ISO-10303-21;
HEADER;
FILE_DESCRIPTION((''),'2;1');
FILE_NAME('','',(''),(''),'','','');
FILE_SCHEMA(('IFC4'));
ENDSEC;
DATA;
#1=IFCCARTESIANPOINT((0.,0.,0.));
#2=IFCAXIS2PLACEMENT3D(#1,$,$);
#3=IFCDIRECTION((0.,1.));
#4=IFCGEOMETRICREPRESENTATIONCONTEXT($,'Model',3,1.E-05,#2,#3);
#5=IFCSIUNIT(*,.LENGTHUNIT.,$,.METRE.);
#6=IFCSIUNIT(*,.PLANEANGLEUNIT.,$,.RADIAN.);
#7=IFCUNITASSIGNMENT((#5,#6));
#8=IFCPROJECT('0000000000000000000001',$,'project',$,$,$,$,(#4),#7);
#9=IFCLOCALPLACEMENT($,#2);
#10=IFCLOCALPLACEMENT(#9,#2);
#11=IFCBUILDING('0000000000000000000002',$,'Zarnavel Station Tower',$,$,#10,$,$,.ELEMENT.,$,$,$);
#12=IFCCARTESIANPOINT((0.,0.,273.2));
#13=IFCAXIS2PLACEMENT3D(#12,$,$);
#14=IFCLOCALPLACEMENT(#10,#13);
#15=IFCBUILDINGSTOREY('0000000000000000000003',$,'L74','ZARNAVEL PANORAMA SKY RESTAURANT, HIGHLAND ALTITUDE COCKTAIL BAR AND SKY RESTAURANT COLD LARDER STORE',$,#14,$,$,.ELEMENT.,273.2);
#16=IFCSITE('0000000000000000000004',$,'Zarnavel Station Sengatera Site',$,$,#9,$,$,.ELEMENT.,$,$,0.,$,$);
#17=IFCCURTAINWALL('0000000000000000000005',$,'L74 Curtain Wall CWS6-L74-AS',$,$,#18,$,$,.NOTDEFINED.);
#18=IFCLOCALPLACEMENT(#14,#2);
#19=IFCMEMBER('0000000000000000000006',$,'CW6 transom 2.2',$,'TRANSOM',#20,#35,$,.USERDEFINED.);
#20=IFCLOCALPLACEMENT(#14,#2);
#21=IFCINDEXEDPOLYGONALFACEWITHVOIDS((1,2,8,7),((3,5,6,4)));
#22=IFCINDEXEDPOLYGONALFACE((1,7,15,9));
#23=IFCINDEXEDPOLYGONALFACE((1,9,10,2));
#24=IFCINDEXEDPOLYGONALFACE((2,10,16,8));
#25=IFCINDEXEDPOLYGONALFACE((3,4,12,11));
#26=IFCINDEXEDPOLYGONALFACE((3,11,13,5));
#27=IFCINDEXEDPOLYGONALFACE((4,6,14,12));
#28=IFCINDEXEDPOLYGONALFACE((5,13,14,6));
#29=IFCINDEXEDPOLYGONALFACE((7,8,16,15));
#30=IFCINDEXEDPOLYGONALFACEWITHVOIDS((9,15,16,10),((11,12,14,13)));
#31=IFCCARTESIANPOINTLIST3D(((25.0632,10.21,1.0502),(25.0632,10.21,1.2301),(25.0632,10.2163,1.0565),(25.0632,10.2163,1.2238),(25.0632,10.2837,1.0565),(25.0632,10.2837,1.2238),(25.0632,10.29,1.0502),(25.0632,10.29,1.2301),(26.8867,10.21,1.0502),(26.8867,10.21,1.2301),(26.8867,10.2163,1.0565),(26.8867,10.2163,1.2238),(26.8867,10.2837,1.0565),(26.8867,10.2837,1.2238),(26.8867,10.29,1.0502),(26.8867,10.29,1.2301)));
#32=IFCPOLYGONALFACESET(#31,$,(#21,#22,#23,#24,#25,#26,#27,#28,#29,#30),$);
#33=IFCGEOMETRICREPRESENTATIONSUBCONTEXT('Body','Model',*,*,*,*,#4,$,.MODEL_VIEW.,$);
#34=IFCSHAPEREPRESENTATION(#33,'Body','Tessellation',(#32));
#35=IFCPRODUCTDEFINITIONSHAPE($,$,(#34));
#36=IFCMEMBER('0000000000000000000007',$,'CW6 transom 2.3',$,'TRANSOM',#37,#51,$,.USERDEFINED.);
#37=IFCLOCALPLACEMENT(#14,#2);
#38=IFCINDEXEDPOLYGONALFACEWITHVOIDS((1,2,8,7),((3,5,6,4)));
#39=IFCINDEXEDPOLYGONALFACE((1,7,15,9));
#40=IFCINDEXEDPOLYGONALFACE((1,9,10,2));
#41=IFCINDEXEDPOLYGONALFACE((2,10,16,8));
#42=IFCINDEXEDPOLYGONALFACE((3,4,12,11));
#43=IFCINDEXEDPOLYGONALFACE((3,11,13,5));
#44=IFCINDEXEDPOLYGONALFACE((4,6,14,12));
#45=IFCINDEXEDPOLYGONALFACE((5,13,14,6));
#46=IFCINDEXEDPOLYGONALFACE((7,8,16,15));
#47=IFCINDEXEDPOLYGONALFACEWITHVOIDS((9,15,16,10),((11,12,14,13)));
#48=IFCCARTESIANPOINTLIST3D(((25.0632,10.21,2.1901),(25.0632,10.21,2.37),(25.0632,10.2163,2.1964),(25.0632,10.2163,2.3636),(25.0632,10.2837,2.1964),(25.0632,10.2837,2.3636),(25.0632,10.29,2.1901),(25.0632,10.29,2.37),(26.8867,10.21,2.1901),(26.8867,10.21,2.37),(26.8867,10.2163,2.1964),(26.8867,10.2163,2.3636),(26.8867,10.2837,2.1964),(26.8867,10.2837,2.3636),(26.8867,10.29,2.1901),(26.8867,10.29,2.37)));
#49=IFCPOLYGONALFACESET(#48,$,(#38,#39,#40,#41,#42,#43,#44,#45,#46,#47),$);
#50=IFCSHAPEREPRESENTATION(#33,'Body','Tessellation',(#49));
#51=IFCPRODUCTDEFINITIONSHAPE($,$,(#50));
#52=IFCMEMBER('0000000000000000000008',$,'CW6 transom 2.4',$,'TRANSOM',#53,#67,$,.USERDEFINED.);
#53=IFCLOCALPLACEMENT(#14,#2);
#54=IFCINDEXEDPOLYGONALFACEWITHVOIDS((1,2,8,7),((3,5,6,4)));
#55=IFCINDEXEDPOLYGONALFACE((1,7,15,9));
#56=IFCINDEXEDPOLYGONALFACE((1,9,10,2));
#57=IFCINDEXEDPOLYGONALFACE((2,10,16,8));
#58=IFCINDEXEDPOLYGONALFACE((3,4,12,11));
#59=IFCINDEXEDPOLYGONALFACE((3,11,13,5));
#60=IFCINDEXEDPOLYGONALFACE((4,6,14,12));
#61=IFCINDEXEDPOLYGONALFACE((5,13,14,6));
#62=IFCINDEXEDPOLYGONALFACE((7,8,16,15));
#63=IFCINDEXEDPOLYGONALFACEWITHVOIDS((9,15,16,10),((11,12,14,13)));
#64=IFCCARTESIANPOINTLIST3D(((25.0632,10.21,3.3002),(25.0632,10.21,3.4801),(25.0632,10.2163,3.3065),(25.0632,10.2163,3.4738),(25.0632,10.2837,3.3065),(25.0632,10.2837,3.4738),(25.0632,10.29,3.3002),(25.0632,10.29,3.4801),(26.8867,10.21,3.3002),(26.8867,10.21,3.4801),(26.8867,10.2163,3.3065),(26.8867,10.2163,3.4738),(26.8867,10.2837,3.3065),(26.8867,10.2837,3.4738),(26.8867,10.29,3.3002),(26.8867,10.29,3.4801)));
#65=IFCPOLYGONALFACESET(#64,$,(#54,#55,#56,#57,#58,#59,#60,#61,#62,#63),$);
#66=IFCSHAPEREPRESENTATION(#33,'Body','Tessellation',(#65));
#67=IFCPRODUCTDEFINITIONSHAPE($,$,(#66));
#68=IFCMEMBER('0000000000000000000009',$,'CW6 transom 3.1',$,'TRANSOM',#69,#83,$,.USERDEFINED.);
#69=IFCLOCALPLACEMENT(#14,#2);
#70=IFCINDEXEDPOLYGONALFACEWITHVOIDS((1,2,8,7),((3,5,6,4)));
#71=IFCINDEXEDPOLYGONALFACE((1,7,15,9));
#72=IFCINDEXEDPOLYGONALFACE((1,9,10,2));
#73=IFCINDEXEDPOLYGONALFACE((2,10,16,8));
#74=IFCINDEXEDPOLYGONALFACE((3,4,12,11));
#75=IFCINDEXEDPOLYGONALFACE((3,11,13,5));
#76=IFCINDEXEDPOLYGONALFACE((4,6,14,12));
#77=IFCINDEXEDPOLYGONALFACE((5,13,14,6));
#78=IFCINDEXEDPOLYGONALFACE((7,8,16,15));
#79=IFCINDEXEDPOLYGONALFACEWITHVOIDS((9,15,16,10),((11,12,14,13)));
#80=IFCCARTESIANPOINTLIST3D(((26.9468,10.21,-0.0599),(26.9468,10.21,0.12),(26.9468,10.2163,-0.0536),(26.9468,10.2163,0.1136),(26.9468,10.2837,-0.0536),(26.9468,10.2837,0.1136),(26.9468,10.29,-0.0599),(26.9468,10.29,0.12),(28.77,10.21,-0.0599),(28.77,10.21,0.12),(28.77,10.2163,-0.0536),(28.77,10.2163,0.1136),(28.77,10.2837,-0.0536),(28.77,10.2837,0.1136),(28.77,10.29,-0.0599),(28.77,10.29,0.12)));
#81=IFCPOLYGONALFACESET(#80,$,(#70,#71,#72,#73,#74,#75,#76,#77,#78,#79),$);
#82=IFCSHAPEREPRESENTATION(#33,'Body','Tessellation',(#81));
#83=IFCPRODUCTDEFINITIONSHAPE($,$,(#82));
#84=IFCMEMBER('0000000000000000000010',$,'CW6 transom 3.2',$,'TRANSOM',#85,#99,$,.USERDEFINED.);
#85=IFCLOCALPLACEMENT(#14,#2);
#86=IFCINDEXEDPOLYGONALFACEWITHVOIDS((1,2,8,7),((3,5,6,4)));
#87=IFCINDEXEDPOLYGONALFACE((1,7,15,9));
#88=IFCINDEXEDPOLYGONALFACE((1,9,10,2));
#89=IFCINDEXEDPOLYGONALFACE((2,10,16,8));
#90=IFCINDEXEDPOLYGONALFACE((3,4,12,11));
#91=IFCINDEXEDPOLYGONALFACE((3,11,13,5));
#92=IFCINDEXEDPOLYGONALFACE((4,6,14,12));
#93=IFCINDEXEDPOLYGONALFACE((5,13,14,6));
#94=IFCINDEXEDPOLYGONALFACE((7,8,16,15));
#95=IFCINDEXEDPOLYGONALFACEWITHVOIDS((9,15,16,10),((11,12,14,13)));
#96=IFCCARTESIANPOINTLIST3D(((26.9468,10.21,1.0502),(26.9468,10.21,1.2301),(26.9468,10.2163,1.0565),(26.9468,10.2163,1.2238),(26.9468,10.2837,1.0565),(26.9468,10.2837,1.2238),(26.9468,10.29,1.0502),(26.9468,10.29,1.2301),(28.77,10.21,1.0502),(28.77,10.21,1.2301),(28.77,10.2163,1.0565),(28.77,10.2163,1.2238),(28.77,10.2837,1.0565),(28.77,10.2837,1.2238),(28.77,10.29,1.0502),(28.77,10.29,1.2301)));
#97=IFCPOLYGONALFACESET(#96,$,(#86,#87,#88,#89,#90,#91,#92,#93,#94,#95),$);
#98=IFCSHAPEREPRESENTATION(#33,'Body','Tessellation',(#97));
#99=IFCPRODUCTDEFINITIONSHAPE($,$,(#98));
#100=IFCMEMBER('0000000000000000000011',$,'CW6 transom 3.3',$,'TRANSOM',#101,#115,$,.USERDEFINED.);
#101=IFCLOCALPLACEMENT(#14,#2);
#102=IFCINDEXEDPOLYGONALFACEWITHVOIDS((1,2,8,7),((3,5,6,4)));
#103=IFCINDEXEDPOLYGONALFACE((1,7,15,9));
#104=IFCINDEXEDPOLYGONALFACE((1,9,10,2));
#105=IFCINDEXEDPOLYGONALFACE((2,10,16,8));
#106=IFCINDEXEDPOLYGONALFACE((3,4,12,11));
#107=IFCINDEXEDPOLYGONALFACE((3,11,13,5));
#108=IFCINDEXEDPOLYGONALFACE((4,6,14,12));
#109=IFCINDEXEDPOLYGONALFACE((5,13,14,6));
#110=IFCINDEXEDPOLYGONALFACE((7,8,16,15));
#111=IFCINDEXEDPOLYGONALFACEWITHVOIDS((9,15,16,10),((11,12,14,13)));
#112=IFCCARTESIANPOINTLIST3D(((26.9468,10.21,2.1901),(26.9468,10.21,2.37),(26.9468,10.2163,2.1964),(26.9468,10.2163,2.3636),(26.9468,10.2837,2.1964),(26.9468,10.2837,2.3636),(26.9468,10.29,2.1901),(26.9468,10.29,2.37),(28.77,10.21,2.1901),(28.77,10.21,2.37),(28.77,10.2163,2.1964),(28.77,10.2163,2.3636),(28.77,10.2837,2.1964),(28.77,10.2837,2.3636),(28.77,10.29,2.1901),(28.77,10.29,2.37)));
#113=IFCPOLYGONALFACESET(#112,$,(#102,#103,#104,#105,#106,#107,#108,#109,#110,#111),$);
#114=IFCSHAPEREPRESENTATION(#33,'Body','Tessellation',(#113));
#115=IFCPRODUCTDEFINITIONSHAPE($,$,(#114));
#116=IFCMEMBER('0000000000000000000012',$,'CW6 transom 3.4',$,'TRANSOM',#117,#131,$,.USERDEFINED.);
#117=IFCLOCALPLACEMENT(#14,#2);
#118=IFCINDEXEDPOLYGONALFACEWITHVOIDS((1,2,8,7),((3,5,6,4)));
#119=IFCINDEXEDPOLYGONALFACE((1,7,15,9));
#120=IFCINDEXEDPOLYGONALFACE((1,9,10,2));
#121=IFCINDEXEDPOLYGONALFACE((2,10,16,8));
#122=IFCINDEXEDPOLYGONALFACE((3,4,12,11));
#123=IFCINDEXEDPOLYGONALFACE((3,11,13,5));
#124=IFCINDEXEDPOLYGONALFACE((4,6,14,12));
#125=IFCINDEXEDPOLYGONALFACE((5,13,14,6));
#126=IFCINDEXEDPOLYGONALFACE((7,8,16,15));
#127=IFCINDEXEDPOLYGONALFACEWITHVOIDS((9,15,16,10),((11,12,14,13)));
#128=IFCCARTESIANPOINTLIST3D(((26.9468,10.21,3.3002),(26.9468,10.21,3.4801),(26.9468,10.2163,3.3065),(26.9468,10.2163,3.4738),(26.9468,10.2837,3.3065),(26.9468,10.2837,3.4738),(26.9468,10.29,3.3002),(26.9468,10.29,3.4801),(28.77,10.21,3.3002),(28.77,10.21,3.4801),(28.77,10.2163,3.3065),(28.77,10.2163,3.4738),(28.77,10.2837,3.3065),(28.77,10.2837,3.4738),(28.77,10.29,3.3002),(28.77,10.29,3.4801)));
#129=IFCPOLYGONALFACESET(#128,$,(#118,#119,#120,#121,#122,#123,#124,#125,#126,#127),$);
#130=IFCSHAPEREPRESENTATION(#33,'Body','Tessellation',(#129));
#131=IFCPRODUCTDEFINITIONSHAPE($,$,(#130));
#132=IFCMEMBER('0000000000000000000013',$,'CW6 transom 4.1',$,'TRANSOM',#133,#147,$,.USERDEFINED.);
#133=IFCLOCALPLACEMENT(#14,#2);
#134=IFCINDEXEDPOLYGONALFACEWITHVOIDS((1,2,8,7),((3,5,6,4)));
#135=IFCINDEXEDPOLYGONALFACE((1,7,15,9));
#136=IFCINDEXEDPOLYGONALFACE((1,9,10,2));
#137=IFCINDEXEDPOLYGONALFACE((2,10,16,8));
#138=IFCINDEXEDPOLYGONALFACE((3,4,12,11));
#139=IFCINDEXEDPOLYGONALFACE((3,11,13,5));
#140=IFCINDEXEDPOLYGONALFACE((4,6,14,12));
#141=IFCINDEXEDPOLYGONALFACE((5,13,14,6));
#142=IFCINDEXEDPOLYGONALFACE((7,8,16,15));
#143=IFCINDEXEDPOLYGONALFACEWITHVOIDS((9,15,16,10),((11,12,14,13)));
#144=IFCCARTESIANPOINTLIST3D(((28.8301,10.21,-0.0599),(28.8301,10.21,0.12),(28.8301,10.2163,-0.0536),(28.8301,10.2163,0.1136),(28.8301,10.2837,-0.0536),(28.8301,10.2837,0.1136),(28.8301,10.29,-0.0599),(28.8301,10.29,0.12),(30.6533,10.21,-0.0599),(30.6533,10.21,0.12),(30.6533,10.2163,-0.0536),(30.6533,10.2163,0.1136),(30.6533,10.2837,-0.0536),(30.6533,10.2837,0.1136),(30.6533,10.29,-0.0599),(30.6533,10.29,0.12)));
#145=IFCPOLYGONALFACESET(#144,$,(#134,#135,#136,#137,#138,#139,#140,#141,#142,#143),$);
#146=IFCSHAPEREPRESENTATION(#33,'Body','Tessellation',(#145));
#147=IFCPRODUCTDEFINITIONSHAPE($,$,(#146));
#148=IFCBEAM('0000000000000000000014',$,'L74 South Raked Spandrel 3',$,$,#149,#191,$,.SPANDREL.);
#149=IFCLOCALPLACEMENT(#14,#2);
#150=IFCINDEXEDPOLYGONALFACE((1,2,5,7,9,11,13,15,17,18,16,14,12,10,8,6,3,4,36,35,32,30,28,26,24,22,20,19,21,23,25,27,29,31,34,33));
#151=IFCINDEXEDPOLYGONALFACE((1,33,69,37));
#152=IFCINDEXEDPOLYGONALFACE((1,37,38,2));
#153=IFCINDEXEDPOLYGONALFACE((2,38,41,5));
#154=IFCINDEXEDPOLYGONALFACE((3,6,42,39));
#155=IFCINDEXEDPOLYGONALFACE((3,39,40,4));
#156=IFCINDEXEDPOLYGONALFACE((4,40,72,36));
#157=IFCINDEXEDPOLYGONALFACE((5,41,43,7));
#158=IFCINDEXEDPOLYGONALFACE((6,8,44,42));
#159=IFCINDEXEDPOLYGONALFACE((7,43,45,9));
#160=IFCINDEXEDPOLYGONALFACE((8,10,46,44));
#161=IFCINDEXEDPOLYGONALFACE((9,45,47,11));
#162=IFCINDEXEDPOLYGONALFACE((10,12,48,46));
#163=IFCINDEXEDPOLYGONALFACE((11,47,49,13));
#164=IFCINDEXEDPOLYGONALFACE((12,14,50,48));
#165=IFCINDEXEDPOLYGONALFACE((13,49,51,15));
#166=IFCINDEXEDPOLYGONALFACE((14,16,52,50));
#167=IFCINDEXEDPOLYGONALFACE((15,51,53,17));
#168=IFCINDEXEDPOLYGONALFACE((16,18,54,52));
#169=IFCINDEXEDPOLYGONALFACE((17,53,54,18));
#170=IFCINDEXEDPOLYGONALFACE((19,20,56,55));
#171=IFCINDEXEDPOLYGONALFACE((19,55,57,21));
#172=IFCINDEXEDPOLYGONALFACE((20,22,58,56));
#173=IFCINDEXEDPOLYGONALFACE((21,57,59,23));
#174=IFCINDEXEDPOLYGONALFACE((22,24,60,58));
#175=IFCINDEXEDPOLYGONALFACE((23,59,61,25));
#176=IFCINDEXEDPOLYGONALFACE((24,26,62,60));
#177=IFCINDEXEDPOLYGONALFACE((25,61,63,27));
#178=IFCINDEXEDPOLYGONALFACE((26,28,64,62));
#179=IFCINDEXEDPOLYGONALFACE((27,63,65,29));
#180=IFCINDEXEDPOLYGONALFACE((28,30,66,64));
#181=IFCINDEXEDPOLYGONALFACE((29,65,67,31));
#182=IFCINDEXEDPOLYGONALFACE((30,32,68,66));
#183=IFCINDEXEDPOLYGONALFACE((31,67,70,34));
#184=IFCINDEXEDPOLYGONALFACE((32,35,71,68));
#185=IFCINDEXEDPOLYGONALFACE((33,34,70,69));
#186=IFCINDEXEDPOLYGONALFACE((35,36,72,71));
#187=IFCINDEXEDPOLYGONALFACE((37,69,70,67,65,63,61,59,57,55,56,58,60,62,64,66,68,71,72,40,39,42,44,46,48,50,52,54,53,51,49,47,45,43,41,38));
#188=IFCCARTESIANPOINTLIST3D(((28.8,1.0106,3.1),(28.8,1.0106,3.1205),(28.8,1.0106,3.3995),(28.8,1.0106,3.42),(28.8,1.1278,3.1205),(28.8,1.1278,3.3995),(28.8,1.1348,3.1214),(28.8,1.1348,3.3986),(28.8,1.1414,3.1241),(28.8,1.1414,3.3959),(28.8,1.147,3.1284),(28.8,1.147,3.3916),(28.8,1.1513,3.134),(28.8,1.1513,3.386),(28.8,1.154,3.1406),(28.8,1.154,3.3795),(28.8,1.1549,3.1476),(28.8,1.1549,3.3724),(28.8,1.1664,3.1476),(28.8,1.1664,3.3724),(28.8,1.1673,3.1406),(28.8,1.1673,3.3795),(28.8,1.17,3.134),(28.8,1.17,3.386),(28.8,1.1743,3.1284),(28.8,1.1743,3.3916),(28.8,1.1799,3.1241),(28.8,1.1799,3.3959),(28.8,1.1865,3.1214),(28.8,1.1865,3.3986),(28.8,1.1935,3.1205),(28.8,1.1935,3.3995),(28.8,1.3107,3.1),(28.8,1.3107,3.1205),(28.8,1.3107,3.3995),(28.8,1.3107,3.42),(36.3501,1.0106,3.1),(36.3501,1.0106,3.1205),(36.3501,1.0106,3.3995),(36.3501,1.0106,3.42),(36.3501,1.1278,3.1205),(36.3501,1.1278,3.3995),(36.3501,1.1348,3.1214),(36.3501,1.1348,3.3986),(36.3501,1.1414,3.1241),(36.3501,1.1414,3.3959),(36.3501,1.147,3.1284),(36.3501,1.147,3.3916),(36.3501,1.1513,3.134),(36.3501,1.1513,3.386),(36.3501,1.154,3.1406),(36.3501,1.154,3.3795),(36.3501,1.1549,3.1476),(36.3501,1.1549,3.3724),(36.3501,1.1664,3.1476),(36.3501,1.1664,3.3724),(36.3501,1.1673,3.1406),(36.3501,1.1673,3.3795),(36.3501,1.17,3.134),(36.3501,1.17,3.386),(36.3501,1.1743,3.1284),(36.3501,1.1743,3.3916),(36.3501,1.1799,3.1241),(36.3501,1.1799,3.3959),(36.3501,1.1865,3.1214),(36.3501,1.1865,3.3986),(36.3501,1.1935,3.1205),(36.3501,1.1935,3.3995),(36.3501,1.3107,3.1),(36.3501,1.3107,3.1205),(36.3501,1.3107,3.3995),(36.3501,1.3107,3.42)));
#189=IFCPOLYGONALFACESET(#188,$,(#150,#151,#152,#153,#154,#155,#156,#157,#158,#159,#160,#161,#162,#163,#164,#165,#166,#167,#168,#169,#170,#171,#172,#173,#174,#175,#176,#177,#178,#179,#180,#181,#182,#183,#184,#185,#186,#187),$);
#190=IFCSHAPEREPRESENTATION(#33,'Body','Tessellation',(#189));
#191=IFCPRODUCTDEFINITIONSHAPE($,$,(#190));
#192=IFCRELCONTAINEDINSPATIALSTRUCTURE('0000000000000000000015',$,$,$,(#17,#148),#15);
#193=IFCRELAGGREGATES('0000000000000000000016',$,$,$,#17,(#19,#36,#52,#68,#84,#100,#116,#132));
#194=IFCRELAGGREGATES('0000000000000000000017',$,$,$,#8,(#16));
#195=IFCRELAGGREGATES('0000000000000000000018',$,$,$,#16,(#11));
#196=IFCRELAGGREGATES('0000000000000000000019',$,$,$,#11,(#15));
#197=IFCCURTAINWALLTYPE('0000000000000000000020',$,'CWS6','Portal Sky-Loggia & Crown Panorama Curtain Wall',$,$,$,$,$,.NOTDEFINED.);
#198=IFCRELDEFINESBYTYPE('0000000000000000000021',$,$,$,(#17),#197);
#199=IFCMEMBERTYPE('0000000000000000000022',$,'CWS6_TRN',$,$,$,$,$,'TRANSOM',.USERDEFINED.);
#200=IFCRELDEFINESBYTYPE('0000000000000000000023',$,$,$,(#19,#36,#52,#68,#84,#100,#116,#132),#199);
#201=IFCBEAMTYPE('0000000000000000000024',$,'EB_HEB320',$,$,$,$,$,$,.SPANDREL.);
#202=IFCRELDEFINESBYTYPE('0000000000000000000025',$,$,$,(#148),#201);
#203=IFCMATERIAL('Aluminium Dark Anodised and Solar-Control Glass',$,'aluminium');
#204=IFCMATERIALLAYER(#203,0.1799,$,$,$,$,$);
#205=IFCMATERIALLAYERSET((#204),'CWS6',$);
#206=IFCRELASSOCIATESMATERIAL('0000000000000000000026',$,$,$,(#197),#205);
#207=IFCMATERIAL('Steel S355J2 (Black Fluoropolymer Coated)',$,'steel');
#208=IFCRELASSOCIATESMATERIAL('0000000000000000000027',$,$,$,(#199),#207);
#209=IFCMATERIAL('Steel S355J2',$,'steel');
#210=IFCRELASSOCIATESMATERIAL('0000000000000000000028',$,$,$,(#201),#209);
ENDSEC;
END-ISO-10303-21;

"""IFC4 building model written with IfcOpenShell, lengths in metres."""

from ifc_helpers import new_model, si_unit, direction, frame, origin, origin_2d, place, context, subcontext, project, spatial, hollow_rectangle, i_section, extrude, material, layer, layer_set, material_profile, profile_set, type_object, element, aggregate, save


model = new_model("IFC4")

# Units and contexts
model_context = context("Model", 3, precision=1e-05, world=origin(), true_north=direction((0.0, 1.0)))
body_context = subcontext(model_context, "Body", "Model", "MODEL_VIEW")
ifc_project = project(units=[si_unit("LENGTHUNIT", "METRE"), si_unit("PLANEANGLEUNIT", "RADIAN")], contexts=[model_context])

# Site, building, storey
site_placement = place(None, origin())
site = spatial("IfcSite", under=ifc_project, at=site_placement, Name="Zarnavel Station Sengatera Site", CompositionType="ELEMENT", RefElevation=0.0)
building_placement = place(site_placement, origin())
building = spatial("IfcBuilding", under=site, at=building_placement, Name="Zarnavel Station Tower", CompositionType="ELEMENT")
storey_placement = place(building_placement, frame((0.0, 0.0, 273.2)))
storey = spatial("IfcBuildingStorey", under=building, at=storey_placement, Name="L74", Description="ZARNAVEL PANORAMA SKY RESTAURANT, HIGHLAND ALTITUDE COCKTAIL BAR AND SKY RESTAURANT COLD LARDER STORE", CompositionType="ELEMENT", Elevation=273.2)

# Curtain wall, members
ifc_material_1 = material(Name="Aluminium Dark Anodised and Solar-Control Glass", Category="aluminium")
ifc_layer_1 = layer(ifc_material_1, 0.1799)
ifc_layer_set_1 = layer_set([ifc_layer_1], Name="CWS6")
curtain_wall_type = type_object("IfcCurtainWallType", Name="CWS6", Description="Portal Sky-Loggia & Crown Panorama Curtain Wall", PredefinedType="NOTDEFINED", material=ifc_layer_set_1)
curtain_wall_placement = place(storey_placement, origin())
curtain_wall = element("IfcCurtainWall", 1, at=curtain_wall_placement, inside=storey, type_object=curtain_wall_type, Name="L74 Curtain Wall CWS6-L74-AS", PredefinedType="NOTDEFINED")
ifc_material_2 = material(Name="Steel S355J2 (Black Fluoropolymer Coated)", Category="steel")
ifc_material_profile_1 = material_profile(ifc_material_2, hollow_rectangle(XDim=0.0801, YDim=0.1799, WallThickness=0.0063, at=origin_2d()), Name="RHS180x80x6.3")
ifc_profile_set_1 = profile_set([ifc_material_profile_1], Name="Steel S355J2 (Black Fluoropolymer Coated)")
member_type_1 = type_object("IfcMemberType", Name="CWS6_TRN", ElementType="TRANSOM", PredefinedType="USERDEFINED", material=ifc_profile_set_1)
member_1_placement = place(storey_placement, frame((25.0632, 10.25, 1.1401), z_axis=(1.0, 0.0, 0.0), x_axis=(0.0, 1.0, 0.0)))
member_1 = element("IfcMember", 2, at=member_1_placement, type_object=member_type_1, Name="CW6 transom 2.2", ObjectType="TRANSOM", PredefinedType="USERDEFINED", context=body_context, shape_type="SweptSolid", body=[
    extrude(hollow_rectangle(XDim=0.0801, YDim=0.1799, WallThickness=0.0063, at=origin_2d()), origin(), (0.0, 0.0, 1.0), 1.8235),
])
member_2_placement = place(storey_placement, frame((25.0632, 10.25, 2.28), z_axis=(1.0, 0.0, 0.0), x_axis=(0.0, 1.0, 0.0)))
member_2 = element("IfcMember", 3, at=member_2_placement, type_object=member_type_1, Name="CW6 transom 2.3", ObjectType="TRANSOM", PredefinedType="USERDEFINED", context=body_context, shape_type="SweptSolid", body=[
    extrude(hollow_rectangle(XDim=0.0801, YDim=0.1799, WallThickness=0.0063, at=origin_2d()), origin(), (0.0, 0.0, 1.0), 1.8235),
])
member_3_placement = place(storey_placement, frame((25.0632, 10.25, 3.3901), z_axis=(1.0, 0.0, 0.0), x_axis=(0.0, 1.0, 0.0)))
member_3 = element("IfcMember", 4, at=member_3_placement, type_object=member_type_1, Name="CW6 transom 2.4", ObjectType="TRANSOM", PredefinedType="USERDEFINED", context=body_context, shape_type="SweptSolid", body=[
    extrude(hollow_rectangle(XDim=0.0801, YDim=0.1799, WallThickness=0.0063, at=origin_2d()), origin(), (0.0, 0.0, 1.0), 1.8235),
])
member_4_placement = place(storey_placement, frame((26.9468, 10.25, 0.03), z_axis=(1.0, 0.0, 0.0), x_axis=(0.0, 1.0, 0.0)))
member_4 = element("IfcMember", 5, at=member_4_placement, type_object=member_type_1, Name="CW6 transom 3.1", ObjectType="TRANSOM", PredefinedType="USERDEFINED", context=body_context, shape_type="SweptSolid", body=[
    extrude(hollow_rectangle(XDim=0.0801, YDim=0.1799, WallThickness=0.0063, at=origin_2d()), origin(), (0.0, 0.0, 1.0), 1.8232),
])
member_5_placement = place(storey_placement, frame((26.9468, 10.25, 1.1401), z_axis=(1.0, 0.0, 0.0), x_axis=(0.0, 1.0, 0.0)))
member_5 = element("IfcMember", 6, at=member_5_placement, type_object=member_type_1, Name="CW6 transom 3.2", ObjectType="TRANSOM", PredefinedType="USERDEFINED", context=body_context, shape_type="SweptSolid", body=[
    extrude(hollow_rectangle(XDim=0.0801, YDim=0.1799, WallThickness=0.0063, at=origin_2d()), origin(), (0.0, 0.0, 1.0), 1.8232),
])
member_6_placement = place(storey_placement, frame((26.9468, 10.25, 2.28), z_axis=(1.0, 0.0, 0.0), x_axis=(0.0, 1.0, 0.0)))
member_6 = element("IfcMember", 7, at=member_6_placement, type_object=member_type_1, Name="CW6 transom 3.3", ObjectType="TRANSOM", PredefinedType="USERDEFINED", context=body_context, shape_type="SweptSolid", body=[
    extrude(hollow_rectangle(XDim=0.0801, YDim=0.1799, WallThickness=0.0063, at=origin_2d()), origin(), (0.0, 0.0, 1.0), 1.8232),
])
member_7_placement = place(storey_placement, frame((26.9468, 10.25, 3.3901), z_axis=(1.0, 0.0, 0.0), x_axis=(0.0, 1.0, 0.0)))
member_7 = element("IfcMember", 8, at=member_7_placement, type_object=member_type_1, Name="CW6 transom 3.4", ObjectType="TRANSOM", PredefinedType="USERDEFINED", context=body_context, shape_type="SweptSolid", body=[
    extrude(hollow_rectangle(XDim=0.0801, YDim=0.1799, WallThickness=0.0063, at=origin_2d()), origin(), (0.0, 0.0, 1.0), 1.8232),
])
member_8_placement = place(storey_placement, frame((28.8301, 10.25, 0.03), z_axis=(1.0, 0.0, 0.0), x_axis=(0.0, 1.0, 0.0)))
member_8 = element("IfcMember", 9, at=member_8_placement, type_object=member_type_1, Name="CW6 transom 4.1", ObjectType="TRANSOM", PredefinedType="USERDEFINED", context=body_context, shape_type="SweptSolid", body=[
    extrude(hollow_rectangle(XDim=0.0801, YDim=0.1799, WallThickness=0.0063, at=origin_2d()), origin(), (0.0, 0.0, 1.0), 1.8232),
])

# Beam
ifc_material_3 = material(Name="Steel S355J2", Category="steel")
ifc_material_profile_2 = material_profile(ifc_material_3, i_section(OverallWidth=0.3, OverallDepth=0.3201, WebThickness=0.0115, FlangeThickness=0.0205, FilletRadius=0.0271, at=origin_2d()), Name="HEB320")
ifc_profile_set_2 = profile_set([ifc_material_profile_2], Name="Steel S355J2")
beam_type_1 = type_object("IfcBeamType", Name="EB_HEB320", PredefinedType="SPANDREL", material=ifc_profile_set_2)
beam_1_placement = place(storey_placement, frame((28.8, 1.1606, 3.26), z_axis=(1.0, 0.0, 0.0), x_axis=(0.0, 1.0, 0.0)))
element("IfcBeam", 10, at=beam_1_placement, inside=storey, type_object=beam_type_1, Name="L74 South Raked Spandrel 3", PredefinedType="SPANDREL", context=body_context, shape_type="SweptSolid", body=[
    extrude(i_section(OverallWidth=0.3, OverallDepth=0.3201, WebThickness=0.0115, FlangeThickness=0.0205, FilletRadius=0.0271, at=origin_2d()), origin(), (0.0, 0.0, 1.0), 7.55),
])

aggregate(curtain_wall, [member_1, member_2, member_3, member_4, member_5, member_6, member_7, member_8])

save(model, "model.ifc")
